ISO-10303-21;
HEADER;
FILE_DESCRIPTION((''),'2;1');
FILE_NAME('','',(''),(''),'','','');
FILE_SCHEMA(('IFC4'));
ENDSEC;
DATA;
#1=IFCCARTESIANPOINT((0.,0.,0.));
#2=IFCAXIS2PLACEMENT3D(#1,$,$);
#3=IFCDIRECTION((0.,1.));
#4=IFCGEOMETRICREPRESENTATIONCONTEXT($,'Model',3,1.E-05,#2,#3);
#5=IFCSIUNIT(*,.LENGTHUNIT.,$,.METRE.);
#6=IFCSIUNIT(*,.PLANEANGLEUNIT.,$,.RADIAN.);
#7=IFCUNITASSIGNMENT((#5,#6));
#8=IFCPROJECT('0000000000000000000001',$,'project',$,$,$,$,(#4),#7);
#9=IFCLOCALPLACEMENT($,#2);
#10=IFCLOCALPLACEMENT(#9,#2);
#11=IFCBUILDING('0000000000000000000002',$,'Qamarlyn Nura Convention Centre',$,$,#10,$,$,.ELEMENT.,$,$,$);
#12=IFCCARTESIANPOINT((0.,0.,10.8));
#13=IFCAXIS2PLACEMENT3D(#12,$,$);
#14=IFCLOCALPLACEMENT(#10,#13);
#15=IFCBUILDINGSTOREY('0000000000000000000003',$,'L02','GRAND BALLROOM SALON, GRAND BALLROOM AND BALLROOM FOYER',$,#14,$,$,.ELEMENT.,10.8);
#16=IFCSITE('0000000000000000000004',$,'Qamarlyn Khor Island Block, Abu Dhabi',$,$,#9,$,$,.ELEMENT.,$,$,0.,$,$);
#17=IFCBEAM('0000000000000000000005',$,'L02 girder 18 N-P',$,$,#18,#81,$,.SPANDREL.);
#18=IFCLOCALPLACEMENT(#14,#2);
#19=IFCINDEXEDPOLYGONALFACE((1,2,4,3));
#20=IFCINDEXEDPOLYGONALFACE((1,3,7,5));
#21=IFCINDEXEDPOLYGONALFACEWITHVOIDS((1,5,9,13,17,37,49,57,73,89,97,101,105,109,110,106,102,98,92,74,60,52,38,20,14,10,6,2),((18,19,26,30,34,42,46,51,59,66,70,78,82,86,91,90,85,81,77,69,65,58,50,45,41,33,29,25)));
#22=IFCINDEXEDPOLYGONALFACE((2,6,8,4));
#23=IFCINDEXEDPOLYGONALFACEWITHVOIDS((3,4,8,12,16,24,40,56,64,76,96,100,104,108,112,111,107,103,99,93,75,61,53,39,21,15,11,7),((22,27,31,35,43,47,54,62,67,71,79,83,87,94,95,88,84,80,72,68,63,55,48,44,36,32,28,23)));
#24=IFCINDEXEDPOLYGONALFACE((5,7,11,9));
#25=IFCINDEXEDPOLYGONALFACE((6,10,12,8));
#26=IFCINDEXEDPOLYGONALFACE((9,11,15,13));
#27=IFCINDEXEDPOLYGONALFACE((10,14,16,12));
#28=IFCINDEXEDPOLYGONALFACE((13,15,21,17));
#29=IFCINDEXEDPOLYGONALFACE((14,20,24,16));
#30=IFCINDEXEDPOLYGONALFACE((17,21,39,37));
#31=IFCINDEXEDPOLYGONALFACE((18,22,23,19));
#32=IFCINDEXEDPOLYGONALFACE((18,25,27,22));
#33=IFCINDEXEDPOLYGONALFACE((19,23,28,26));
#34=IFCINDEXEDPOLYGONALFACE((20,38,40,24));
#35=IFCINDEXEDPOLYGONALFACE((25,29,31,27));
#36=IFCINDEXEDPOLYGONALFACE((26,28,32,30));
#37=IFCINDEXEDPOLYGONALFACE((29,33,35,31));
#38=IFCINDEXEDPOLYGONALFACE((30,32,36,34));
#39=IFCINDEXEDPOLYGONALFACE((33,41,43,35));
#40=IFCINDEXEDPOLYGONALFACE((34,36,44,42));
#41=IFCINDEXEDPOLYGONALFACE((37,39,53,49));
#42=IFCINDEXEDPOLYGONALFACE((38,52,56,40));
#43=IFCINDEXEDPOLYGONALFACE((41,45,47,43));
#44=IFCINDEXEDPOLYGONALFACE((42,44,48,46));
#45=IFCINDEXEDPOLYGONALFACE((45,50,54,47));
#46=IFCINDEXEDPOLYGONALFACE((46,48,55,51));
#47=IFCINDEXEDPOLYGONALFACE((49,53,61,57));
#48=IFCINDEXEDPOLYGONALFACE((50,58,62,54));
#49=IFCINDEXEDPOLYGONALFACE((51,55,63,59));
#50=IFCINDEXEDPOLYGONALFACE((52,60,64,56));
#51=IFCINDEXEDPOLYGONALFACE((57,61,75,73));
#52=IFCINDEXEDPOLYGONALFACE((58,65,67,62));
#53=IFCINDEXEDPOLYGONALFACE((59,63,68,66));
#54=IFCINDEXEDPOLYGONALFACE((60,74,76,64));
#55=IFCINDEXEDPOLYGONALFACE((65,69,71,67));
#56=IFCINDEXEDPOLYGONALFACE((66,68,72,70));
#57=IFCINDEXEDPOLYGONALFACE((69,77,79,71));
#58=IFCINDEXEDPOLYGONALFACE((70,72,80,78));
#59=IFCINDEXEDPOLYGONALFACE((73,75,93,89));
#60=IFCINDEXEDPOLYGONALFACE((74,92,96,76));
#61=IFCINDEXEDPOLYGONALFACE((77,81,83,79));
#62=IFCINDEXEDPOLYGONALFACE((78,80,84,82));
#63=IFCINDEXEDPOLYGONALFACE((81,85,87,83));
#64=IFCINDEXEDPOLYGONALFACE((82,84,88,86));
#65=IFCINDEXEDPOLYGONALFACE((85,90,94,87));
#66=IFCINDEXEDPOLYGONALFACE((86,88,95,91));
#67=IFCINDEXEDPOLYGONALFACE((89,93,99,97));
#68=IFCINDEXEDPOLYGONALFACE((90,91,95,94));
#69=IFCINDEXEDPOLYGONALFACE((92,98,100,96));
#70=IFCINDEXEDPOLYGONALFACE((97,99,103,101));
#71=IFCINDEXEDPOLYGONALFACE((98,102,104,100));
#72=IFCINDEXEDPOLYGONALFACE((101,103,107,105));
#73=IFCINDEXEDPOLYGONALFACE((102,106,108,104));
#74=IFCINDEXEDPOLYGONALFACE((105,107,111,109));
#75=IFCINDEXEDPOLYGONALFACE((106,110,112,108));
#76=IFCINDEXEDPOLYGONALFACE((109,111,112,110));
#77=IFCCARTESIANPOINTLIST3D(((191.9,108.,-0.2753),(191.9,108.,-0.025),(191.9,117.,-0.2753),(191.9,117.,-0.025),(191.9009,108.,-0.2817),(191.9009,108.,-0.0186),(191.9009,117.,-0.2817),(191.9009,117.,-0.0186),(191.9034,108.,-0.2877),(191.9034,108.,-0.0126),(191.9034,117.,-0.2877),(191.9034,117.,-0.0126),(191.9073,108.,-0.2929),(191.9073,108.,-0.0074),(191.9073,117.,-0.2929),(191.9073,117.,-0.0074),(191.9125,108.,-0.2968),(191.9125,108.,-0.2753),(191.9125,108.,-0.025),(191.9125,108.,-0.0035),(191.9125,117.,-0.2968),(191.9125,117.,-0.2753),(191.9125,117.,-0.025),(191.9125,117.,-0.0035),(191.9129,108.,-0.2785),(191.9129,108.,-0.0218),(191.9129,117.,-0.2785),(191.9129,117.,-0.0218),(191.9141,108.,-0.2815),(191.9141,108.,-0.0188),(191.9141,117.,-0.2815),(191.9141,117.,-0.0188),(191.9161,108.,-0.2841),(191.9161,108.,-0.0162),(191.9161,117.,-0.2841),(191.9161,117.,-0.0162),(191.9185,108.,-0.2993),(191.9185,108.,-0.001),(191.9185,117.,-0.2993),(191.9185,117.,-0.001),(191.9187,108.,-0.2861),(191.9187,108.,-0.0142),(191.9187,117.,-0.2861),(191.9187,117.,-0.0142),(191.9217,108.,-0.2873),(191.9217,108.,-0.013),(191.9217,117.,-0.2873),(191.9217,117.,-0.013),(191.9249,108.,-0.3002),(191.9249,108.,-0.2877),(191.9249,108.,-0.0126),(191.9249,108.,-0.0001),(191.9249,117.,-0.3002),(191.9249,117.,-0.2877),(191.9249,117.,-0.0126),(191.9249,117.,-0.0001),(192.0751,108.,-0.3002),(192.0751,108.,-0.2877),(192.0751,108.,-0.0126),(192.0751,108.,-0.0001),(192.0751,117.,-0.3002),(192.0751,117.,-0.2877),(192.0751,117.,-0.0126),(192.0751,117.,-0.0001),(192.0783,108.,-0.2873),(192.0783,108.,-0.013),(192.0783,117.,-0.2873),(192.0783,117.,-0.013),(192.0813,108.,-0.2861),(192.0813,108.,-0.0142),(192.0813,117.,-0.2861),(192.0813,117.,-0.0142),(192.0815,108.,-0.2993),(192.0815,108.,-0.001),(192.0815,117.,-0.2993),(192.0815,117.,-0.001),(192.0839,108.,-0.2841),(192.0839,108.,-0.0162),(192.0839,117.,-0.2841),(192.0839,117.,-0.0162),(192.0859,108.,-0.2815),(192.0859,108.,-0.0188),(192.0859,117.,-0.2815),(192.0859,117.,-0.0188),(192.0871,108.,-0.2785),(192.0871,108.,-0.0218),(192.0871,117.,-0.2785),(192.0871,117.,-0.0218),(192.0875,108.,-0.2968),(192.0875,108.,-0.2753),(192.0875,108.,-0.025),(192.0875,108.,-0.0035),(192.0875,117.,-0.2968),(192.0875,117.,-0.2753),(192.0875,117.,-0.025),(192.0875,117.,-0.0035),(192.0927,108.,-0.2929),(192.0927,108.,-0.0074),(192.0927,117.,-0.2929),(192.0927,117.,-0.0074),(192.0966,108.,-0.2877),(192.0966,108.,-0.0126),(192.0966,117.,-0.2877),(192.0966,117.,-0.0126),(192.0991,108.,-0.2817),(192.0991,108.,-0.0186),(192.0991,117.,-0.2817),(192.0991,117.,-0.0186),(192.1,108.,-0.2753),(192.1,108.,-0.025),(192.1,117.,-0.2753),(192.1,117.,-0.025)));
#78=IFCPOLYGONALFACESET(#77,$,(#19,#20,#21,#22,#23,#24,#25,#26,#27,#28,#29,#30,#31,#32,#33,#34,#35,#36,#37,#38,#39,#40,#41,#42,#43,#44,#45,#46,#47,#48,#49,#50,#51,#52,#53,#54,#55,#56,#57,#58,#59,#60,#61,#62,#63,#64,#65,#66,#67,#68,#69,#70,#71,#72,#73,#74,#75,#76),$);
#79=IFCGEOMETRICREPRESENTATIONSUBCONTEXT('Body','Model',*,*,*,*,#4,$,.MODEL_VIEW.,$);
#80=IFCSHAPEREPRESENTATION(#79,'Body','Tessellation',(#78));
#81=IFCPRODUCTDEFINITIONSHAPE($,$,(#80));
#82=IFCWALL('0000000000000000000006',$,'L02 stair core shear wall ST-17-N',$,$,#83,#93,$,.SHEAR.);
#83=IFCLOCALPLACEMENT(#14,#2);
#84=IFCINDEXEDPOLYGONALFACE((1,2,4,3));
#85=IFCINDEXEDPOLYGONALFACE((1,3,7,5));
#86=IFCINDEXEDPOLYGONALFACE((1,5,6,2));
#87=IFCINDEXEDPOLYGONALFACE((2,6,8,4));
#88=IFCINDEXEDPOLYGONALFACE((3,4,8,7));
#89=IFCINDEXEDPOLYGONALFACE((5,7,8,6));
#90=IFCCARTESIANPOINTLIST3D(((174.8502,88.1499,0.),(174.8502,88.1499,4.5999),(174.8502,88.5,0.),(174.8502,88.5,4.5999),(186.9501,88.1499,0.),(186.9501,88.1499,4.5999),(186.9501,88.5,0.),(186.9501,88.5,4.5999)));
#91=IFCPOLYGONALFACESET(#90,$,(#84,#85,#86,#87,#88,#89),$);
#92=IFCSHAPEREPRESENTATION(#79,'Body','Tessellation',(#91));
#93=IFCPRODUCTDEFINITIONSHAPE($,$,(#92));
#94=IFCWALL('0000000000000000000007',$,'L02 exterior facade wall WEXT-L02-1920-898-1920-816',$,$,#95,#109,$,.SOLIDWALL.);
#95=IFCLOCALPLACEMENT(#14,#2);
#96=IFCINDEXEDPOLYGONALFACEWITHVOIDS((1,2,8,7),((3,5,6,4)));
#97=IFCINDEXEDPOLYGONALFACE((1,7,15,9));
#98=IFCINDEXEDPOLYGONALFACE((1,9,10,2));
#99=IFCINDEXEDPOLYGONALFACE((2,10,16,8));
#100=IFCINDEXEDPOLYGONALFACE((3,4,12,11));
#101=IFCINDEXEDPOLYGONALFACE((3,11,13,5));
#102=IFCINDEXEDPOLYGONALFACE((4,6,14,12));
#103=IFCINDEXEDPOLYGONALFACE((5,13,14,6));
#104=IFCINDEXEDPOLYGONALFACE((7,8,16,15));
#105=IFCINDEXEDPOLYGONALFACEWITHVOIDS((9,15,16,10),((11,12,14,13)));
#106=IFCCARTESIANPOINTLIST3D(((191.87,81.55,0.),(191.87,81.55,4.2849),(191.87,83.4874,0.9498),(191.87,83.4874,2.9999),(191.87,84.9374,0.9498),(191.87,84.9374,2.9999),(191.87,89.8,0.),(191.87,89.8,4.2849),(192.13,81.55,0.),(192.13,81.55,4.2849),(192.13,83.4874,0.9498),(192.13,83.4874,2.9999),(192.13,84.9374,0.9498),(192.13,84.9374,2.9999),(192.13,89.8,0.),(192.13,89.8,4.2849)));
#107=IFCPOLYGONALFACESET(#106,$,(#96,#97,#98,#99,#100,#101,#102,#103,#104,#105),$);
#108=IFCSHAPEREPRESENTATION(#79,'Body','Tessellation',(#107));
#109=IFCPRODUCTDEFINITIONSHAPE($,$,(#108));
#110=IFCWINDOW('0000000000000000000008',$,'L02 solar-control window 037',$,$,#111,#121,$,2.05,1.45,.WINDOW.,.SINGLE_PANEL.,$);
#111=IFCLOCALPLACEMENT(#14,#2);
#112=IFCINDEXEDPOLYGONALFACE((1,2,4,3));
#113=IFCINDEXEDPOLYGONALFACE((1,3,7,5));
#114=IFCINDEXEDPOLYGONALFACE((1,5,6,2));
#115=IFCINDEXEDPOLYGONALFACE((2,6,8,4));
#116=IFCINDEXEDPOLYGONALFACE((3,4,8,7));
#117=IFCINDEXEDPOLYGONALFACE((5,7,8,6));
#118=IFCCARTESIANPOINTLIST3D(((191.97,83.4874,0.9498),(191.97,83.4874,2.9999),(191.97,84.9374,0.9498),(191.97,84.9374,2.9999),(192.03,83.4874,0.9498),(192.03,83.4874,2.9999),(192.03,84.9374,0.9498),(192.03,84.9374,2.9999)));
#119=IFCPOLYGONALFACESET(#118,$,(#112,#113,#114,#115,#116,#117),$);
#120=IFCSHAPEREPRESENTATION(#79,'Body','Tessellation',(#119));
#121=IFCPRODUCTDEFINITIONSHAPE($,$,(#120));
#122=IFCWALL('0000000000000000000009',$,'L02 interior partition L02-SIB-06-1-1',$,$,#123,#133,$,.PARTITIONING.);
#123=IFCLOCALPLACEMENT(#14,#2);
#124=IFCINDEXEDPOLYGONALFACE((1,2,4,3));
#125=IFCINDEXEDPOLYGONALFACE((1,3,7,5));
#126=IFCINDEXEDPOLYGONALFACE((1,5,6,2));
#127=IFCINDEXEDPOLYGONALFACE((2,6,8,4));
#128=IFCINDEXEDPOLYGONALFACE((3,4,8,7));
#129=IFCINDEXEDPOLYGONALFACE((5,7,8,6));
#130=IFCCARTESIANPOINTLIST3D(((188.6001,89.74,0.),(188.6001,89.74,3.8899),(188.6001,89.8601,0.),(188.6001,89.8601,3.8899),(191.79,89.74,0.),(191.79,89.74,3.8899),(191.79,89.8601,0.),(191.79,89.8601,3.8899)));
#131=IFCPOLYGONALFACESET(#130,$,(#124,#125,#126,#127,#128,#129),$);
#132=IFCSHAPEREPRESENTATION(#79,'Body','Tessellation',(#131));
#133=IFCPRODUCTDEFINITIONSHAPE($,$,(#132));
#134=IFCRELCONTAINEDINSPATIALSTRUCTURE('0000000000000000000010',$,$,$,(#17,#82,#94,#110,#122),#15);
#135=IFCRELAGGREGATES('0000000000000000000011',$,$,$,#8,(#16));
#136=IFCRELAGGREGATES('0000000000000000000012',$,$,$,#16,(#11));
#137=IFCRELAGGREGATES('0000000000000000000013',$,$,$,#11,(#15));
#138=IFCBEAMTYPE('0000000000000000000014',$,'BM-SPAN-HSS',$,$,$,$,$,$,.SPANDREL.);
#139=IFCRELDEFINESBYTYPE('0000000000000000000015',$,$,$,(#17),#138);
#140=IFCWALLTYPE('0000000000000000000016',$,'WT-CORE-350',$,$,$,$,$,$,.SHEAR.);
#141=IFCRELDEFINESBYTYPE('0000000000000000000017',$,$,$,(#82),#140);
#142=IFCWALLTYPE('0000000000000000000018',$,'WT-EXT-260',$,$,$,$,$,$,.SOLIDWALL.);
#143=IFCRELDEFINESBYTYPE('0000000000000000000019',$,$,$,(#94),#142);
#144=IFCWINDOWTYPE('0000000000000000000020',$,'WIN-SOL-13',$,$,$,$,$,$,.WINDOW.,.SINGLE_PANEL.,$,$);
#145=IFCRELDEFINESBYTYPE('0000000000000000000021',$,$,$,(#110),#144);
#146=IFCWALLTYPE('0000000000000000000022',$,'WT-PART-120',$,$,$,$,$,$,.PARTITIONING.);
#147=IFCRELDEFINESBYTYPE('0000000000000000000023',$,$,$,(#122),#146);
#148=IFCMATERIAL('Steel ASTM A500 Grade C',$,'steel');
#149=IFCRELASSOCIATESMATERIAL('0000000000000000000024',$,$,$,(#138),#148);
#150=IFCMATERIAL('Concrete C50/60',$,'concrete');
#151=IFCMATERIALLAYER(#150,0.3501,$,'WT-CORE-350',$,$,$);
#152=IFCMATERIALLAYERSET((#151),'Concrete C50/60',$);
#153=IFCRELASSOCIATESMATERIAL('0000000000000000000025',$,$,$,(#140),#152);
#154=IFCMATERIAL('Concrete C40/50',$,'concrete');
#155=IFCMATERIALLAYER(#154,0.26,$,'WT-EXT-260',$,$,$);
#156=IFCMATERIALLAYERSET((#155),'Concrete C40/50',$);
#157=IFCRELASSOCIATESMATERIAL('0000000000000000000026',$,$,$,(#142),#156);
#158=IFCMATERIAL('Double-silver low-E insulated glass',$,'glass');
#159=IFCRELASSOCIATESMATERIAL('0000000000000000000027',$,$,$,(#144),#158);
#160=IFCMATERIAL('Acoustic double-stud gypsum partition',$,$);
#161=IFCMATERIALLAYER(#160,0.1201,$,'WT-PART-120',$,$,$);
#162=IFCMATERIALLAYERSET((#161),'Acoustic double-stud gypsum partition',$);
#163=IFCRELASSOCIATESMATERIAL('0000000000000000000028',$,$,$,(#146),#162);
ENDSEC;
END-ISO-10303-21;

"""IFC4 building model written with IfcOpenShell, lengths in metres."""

from ifc_helpers import new_model, si_unit, direction, frame, frame_2d, origin, origin_2d, place, context, subcontext, project, spatial, rectangle, hollow_rectangle, extrude, material, layer, layer_set, material_profile, profile_set, type_object, element, fill, save


model = new_model("IFC4")

# Units and contexts
model_context = context("Model", 3, precision=1e-05, world=origin(), true_north=direction((0.0, 1.0)))
body_context = subcontext(model_context, "Body", "Model", "MODEL_VIEW")
ifc_project = project(units=[si_unit("LENGTHUNIT", "METRE"), si_unit("PLANEANGLEUNIT", "RADIAN")], contexts=[model_context])

# Site, building, storey
site_placement = place(None, origin())
site = spatial("IfcSite", under=ifc_project, at=site_placement, Name="Qamarlyn Khor Island Block, Abu Dhabi", CompositionType="ELEMENT", RefElevation=0.0)
building_placement = place(site_placement, origin())
building = spatial("IfcBuilding", under=site, at=building_placement, Name="Qamarlyn Nura Convention Centre", CompositionType="ELEMENT")
storey_placement = place(building_placement, frame((0.0, 0.0, 10.8)))
storey = spatial("IfcBuildingStorey", under=building, at=storey_placement, Name="L02", Description="GRAND BALLROOM SALON, GRAND BALLROOM AND BALLROOM FOYER", CompositionType="ELEMENT", Elevation=10.8)

# Shared definitions
ifc_material_1 = material(Name="Steel ASTM A500 Grade C", Category="steel")

# Beam
ifc_material_profile_1 = material_profile(ifc_material_1, hollow_rectangle(XDim=0.2, YDim=0.3, WallThickness=0.0125, InnerFilletRadius=0.0125, OuterFilletRadius=0.0249, at=origin_2d()), Name="HSS300X200X12.5")
ifc_profile_set_1 = profile_set([ifc_material_profile_1], Name="Steel ASTM A500 Grade C")
beam_type_1 = type_object("IfcBeamType", Name="BM-SPAN-HSS", PredefinedType="SPANDREL", material=ifc_profile_set_1)
beam_1_placement = place(storey_placement, frame((192.0, 108.0, -0.1501), z_axis=(0.0, 1.0, 0.0), x_axis=(-1.0, 0.0, 0.0)))
element("IfcBeam", 1, at=beam_1_placement, inside=storey, type_object=beam_type_1, Name="L02 girder 18 N-P", PredefinedType="SPANDREL", context=body_context, shape_type="SweptSolid", body=[
    extrude(hollow_rectangle(XDim=0.2, YDim=0.3, WallThickness=0.0125, InnerFilletRadius=0.0125, OuterFilletRadius=0.0249, at=origin_2d()), origin(), (0.0, 0.0, 1.0), 9.0),
])

# Wall
ifc_material_2 = material(Name="Concrete C50/60", Category="concrete")
ifc_layer_1 = layer(ifc_material_2, 0.3501, Name="WT-CORE-350")
ifc_layer_set_1 = layer_set([ifc_layer_1], Name="Concrete C50/60")
wall_type_1 = type_object("IfcWallType", Name="WT-CORE-350", PredefinedType="SHEAR", material=ifc_layer_set_1)
wall_1_placement = place(storey_placement, frame((186.95, 88.325, 0.0), z_axis=(0.0, 0.0, 1.0), x_axis=(-1.0, 0.0, 0.0)))
element("IfcWall", 2, at=wall_1_placement, inside=storey, type_object=wall_type_1, Name="L02 stair core shear wall ST-17-N", PredefinedType="SHEAR", context=body_context, shape_type="SweptSolid", body=[
    extrude(rectangle(XDim=12.0999, YDim=0.3501, at=frame_2d((6.0498, 0.0))), origin(), (0.0, 0.0, 1.0), 4.5999),
])

# Wall, opening, window
ifc_material_3 = material(Name="Concrete C40/50", Category="concrete")
ifc_layer_2 = layer(ifc_material_3, 0.26, Name="WT-EXT-260")
ifc_layer_set_2 = layer_set([ifc_layer_2], Name="Concrete C40/50")
wall_type_2 = type_object("IfcWallType", Name="WT-EXT-260", PredefinedType="SOLIDWALL", material=ifc_layer_set_2)
wall_2_placement = place(storey_placement, frame((192.0, 89.8, 0.0), z_axis=(0.0, 0.0, 1.0), x_axis=(0.0, -1.0, 0.0)))
wall_2 = element("IfcWall", 3, at=wall_2_placement, inside=storey, type_object=wall_type_2, Name="L02 exterior facade wall WEXT-L02-1920-898-1920-816", PredefinedType="SOLIDWALL", context=body_context, shape_type="SweptSolid", body=[
    extrude(rectangle(XDim=8.25, YDim=0.26, at=frame_2d((4.125, 0.0))), origin(), (0.0, 0.0, 1.0), 4.2849),
])
opening_placement = place(wall_2_placement, frame((4.8625, 0.0, 0.95)))
opening = element("IfcOpeningElement", 4, at=opening_placement, cuts=wall_2, PredefinedType="OPENING", context=body_context, shape_type="SweptSolid", body=[
    extrude(rectangle(XDim=1.45, YDim=2.05, at=frame_2d((0.7251, 1.0249))), frame((0.0, 0.1401, 0.0), z_axis=(0.0, -1.0, 0.0), x_axis=(1.0, 0.0, 0.0)), (0.0, 0.0, 1.0), 0.28),
])
ifc_material_4 = material(Name="Double-silver low-E insulated glass", Category="glass")
window_type = type_object("IfcWindowType", Name="WIN-SOL-13", PartitioningType="SINGLE_PANEL", PredefinedType="WINDOW", material=ifc_material_4)
window_placement = place(opening_placement, origin())
window = element("IfcWindow", 5, at=window_placement, inside=storey, type_object=window_type, Name="L02 solar-control window 037", OverallHeight=2.05, OverallWidth=1.45, PartitioningType="SINGLE_PANEL", PredefinedType="WINDOW", context=body_context, shape_type="SweptSolid", body=[
    extrude(rectangle(XDim=1.45, YDim=2.05, at=frame_2d((0.7251, 1.0249))), frame((0.0, 0.03, 0.0), z_axis=(0.0, -1.0, 0.0), x_axis=(1.0, 0.0, 0.0)), (0.0, 0.0, 1.0), 0.0601),
])
fill(opening, window)

# Wall
ifc_material_5 = material(Name="Acoustic double-stud gypsum partition")
ifc_layer_3 = layer(ifc_material_5, 0.1201, Name="WT-PART-120")
ifc_layer_set_3 = layer_set([ifc_layer_3], Name="Acoustic double-stud gypsum partition")
wall_type_3 = type_object("IfcWallType", Name="WT-PART-120", PredefinedType="PARTITIONING", material=ifc_layer_set_3)
wall_3_placement = place(storey_placement, frame((188.6001, 89.8, 0.0), z_axis=(0.0, 0.0, 1.0), x_axis=(1.0, 0.0, 0.0)))
element("IfcWall", 6, at=wall_3_placement, inside=storey, type_object=wall_type_3, Name="L02 interior partition L02-SIB-06-1-1", PredefinedType="PARTITIONING", context=body_context, shape_type="SweptSolid", body=[
    extrude(rectangle(XDim=3.1899, YDim=0.1201, at=frame_2d((1.595, 0.0))), origin(), (0.0, 0.0, 1.0), 3.8899),
])

save(model, "model.ifc")
